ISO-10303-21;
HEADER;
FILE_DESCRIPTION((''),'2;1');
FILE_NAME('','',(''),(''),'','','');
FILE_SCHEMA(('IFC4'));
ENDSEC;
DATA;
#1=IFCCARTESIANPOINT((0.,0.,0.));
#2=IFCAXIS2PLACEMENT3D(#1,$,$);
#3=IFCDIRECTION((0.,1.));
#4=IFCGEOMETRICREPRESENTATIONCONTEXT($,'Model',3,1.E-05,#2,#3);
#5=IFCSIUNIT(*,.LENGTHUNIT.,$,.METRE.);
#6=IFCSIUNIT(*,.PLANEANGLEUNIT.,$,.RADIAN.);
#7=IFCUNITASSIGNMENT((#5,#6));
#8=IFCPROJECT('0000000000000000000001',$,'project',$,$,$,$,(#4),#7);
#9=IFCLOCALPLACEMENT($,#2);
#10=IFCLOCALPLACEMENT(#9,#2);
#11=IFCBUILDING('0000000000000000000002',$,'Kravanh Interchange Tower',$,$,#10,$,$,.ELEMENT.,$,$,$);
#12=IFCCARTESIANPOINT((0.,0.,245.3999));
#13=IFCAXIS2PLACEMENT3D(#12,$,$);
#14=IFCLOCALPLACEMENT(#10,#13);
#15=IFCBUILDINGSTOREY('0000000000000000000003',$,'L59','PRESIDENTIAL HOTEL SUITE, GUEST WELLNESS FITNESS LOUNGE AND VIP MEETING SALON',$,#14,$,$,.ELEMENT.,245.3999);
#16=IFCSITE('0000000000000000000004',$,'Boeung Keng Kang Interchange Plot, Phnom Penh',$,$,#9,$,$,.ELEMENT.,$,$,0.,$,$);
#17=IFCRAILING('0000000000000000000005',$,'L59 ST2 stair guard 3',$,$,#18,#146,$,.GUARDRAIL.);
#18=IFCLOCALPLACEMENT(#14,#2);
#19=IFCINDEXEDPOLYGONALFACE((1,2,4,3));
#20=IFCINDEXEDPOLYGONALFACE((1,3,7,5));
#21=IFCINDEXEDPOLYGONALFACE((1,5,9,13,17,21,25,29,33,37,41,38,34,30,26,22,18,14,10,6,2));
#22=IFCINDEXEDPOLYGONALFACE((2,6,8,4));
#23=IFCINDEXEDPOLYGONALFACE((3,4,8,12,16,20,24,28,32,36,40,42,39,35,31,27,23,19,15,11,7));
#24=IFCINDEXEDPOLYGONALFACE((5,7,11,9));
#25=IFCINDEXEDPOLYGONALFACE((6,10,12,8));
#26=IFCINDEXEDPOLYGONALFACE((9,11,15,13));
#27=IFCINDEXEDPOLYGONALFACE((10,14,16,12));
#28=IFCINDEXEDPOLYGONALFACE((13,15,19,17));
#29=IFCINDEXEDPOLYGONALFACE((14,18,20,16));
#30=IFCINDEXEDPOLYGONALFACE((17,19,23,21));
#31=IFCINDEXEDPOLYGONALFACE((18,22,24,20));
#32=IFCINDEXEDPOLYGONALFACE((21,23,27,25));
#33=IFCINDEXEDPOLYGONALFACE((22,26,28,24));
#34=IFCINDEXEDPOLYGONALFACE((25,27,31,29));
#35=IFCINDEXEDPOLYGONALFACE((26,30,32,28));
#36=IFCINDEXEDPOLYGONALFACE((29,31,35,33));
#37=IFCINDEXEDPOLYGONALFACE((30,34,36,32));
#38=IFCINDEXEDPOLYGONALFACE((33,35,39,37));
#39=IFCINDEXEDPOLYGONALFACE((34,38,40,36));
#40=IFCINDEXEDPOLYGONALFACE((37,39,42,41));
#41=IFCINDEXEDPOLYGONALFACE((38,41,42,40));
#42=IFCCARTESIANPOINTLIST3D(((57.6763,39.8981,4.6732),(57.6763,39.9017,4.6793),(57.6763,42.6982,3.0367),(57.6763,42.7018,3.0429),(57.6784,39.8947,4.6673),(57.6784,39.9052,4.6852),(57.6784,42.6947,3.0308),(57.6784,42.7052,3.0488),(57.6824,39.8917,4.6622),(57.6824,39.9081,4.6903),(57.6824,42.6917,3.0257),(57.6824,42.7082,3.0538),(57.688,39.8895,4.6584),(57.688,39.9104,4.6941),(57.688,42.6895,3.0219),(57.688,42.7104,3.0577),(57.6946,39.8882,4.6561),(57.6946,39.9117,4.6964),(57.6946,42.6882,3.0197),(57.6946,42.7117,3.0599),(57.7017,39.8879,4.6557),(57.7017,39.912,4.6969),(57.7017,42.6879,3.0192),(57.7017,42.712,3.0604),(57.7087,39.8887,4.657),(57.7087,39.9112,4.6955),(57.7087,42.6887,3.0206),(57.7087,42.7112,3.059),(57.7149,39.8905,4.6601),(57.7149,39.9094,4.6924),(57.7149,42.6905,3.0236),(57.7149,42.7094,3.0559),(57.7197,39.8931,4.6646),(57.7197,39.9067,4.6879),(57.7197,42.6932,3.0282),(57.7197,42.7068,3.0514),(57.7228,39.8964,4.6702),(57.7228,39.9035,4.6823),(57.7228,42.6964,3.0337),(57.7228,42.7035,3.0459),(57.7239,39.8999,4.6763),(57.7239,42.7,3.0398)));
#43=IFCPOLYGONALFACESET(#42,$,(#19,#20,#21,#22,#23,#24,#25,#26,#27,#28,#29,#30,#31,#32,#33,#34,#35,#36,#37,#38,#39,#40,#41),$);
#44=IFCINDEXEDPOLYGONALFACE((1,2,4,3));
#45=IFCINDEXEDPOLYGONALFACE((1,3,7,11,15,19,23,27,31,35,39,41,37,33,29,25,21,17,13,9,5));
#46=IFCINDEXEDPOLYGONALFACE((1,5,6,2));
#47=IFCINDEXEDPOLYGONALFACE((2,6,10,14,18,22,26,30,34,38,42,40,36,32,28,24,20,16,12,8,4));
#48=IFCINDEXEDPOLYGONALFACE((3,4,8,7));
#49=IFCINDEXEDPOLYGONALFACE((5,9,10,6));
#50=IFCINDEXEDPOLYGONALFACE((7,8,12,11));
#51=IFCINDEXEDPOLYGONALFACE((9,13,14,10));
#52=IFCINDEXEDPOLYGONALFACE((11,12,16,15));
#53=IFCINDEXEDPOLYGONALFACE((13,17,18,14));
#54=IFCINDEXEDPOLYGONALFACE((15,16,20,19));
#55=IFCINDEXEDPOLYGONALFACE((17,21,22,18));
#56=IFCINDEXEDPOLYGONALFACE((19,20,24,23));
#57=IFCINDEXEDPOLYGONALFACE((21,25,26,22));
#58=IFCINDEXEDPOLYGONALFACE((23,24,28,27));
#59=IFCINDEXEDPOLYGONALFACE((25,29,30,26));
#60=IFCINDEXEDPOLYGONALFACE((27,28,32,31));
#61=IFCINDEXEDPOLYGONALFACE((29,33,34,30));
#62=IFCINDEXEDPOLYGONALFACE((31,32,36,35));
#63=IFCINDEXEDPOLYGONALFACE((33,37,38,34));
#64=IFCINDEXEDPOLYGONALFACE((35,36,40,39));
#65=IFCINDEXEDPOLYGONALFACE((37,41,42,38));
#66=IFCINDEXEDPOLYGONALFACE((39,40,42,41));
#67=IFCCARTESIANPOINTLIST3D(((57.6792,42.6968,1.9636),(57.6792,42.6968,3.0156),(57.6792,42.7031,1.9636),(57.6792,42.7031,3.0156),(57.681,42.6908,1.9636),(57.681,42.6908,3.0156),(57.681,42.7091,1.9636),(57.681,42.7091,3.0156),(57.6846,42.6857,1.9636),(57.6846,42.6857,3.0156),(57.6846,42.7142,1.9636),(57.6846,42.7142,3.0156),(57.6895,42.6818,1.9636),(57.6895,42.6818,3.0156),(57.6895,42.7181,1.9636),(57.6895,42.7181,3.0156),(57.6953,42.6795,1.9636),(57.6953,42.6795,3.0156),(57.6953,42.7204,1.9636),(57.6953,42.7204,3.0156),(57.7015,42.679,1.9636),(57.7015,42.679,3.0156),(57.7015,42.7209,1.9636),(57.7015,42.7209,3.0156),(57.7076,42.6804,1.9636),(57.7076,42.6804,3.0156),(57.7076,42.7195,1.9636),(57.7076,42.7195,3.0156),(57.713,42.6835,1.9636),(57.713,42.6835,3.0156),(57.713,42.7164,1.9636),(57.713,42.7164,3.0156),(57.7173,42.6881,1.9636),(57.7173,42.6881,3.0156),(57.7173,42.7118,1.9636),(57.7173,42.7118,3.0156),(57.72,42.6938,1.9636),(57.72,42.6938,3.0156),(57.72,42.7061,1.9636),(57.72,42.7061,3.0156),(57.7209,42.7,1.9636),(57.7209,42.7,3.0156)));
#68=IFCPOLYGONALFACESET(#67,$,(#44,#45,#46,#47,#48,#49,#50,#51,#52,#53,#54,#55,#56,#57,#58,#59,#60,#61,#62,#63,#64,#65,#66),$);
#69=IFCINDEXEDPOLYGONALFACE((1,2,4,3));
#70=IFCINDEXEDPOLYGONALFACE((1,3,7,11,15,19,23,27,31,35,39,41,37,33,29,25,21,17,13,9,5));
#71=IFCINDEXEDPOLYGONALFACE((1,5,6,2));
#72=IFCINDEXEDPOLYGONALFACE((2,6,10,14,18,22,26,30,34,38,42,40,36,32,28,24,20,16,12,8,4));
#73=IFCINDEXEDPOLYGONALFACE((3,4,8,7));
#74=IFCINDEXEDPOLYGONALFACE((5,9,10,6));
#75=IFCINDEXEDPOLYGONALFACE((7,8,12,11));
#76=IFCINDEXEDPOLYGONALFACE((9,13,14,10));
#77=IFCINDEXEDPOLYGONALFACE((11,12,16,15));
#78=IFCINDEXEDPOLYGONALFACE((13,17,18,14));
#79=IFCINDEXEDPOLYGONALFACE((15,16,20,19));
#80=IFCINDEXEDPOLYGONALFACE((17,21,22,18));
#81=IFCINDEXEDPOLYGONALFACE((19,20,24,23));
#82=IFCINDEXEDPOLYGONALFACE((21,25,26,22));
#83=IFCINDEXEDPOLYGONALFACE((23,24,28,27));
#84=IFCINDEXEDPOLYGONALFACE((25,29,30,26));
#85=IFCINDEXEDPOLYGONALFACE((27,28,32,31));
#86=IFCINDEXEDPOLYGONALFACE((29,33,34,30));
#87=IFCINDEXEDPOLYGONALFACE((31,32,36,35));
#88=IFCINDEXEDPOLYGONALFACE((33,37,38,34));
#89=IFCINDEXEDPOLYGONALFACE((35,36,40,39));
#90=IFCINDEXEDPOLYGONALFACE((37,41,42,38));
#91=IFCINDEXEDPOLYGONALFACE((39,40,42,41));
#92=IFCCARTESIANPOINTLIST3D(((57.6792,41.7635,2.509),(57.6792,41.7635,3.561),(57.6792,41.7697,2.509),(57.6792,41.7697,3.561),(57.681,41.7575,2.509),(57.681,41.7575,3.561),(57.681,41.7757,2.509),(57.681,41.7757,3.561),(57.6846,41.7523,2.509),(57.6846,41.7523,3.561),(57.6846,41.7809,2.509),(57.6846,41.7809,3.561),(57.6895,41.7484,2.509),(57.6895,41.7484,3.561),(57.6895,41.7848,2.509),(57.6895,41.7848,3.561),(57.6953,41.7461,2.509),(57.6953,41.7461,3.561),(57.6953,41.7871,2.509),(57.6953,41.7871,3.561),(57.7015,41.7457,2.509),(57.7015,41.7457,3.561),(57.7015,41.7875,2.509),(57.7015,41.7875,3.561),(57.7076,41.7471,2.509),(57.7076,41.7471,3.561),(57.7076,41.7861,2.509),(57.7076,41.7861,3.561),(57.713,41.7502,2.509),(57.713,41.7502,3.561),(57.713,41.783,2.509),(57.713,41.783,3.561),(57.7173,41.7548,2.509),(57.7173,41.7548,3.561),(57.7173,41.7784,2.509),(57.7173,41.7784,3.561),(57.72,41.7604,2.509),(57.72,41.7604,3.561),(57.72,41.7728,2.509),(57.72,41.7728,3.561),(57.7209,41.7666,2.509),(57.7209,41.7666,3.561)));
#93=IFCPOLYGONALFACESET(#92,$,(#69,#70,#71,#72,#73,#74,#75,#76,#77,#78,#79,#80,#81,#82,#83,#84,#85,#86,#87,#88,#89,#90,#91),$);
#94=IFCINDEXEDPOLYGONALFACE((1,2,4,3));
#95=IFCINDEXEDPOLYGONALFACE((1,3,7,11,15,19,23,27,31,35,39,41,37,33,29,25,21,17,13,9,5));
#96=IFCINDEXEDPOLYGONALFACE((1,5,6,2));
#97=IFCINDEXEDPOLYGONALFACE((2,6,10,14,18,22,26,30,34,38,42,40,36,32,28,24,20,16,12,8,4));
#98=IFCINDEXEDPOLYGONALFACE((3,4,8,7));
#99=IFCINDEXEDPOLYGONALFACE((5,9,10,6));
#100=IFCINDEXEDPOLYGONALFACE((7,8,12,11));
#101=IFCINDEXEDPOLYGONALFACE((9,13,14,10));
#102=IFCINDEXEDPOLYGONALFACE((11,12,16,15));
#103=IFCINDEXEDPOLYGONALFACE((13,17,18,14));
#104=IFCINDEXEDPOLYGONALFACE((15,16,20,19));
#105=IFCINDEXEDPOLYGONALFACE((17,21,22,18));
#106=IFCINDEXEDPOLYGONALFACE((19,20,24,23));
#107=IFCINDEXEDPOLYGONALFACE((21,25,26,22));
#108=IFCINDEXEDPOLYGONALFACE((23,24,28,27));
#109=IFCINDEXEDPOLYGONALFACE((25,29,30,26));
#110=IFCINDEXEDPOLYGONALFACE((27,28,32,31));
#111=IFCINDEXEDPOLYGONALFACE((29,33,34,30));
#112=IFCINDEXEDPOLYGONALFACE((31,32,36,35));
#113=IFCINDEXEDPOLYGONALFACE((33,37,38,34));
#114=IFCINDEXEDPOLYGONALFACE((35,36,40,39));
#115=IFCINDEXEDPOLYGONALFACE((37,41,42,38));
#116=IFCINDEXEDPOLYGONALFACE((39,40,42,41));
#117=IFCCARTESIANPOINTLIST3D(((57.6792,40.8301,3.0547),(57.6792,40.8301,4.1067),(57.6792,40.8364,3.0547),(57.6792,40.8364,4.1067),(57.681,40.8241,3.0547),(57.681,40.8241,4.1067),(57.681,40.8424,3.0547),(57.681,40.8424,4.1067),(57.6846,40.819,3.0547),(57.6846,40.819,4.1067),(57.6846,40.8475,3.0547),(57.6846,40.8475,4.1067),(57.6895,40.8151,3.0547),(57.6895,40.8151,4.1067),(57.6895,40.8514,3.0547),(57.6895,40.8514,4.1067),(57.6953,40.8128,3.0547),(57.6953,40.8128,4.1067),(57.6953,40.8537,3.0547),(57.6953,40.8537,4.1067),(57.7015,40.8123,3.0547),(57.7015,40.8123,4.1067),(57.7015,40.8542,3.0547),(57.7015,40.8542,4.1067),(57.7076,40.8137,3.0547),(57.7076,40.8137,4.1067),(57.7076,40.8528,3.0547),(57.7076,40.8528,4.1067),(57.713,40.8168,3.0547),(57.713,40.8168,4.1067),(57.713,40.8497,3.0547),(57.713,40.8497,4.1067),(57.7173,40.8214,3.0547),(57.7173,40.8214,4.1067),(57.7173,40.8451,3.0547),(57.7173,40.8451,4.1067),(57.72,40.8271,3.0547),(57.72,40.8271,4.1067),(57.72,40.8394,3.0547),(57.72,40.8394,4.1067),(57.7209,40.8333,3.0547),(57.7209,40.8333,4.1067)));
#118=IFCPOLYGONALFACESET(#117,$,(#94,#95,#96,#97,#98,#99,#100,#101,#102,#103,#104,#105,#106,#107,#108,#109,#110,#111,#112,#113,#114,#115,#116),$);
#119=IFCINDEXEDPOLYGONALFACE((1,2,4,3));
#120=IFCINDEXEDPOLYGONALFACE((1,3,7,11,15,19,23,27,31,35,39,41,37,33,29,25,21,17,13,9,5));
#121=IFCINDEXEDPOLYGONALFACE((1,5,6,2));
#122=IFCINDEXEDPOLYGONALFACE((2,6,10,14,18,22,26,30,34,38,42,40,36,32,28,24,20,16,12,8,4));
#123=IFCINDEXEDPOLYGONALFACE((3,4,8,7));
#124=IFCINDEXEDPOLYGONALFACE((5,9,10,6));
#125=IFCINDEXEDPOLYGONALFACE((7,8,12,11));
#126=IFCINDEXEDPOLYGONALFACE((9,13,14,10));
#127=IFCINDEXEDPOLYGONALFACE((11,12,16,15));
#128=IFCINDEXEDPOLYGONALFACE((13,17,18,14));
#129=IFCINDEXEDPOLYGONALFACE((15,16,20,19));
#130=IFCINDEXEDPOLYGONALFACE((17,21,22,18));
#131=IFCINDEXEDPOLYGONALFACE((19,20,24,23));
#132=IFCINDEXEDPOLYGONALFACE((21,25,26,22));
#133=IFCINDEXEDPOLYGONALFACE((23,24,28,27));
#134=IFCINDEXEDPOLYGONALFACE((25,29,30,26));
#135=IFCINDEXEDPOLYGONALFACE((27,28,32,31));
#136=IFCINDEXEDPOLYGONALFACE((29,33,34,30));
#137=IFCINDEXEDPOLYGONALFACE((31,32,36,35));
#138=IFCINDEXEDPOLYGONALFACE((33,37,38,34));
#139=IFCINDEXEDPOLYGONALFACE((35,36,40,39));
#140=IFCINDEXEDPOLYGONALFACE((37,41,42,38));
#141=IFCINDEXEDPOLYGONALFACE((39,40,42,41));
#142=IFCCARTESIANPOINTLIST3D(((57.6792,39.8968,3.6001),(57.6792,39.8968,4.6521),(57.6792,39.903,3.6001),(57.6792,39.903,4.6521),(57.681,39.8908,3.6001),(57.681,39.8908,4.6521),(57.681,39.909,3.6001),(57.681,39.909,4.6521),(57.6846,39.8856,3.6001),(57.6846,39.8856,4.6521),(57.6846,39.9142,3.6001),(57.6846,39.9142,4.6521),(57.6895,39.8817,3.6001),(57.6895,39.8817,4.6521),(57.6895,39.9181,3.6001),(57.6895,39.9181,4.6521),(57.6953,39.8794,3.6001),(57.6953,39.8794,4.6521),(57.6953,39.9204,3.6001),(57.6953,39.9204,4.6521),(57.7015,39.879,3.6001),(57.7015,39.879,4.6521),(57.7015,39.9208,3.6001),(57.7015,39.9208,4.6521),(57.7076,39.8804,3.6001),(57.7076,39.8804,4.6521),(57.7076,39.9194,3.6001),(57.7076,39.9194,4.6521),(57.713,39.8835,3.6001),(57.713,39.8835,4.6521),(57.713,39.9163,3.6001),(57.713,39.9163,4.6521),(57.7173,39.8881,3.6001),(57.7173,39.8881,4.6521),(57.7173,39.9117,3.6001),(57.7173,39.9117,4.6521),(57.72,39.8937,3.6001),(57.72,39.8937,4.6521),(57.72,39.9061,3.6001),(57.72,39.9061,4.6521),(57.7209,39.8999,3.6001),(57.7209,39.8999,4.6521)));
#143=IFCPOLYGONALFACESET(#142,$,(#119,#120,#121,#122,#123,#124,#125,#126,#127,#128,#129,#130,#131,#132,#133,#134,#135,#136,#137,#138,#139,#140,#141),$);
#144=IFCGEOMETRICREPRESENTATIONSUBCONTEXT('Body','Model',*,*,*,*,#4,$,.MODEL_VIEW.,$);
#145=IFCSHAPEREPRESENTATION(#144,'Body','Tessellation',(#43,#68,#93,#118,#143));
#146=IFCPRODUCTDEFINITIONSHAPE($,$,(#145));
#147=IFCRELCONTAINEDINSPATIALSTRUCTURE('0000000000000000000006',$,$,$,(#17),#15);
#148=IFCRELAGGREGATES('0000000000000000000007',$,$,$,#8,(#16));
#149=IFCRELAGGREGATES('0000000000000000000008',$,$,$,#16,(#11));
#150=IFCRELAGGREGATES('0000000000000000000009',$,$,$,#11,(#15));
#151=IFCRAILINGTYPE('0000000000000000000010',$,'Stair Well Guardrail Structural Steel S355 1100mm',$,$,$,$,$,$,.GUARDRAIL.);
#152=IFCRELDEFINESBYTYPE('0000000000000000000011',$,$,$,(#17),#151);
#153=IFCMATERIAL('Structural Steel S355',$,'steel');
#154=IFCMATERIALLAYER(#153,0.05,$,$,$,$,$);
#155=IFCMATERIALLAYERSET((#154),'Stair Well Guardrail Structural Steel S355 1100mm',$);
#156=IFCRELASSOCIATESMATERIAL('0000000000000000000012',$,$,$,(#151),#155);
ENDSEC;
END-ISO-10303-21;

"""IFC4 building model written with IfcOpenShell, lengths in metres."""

from ifc_helpers import new_model, si_unit, direction, frame, origin, origin_2d, place, context, subcontext, project, spatial, circle, extrude, material, layer, layer_set, type_object, element, save


model = new_model("IFC4")

# Units and contexts
model_context = context("Model", 3, precision=1e-05, world=origin(), true_north=direction((0.0, 1.0)))
body_context = subcontext(model_context, "Body", "Model", "MODEL_VIEW")
ifc_project = project(units=[si_unit("LENGTHUNIT", "METRE"), si_unit("PLANEANGLEUNIT", "RADIAN")], contexts=[model_context])

# Site, building, storey
site_placement = place(None, origin())
site = spatial("IfcSite", under=ifc_project, at=site_placement, Name="Boeung Keng Kang Interchange Plot, Phnom Penh", CompositionType="ELEMENT", RefElevation=0.0)
building_placement = place(site_placement, origin())
building = spatial("IfcBuilding", under=site, at=building_placement, Name="Kravanh Interchange Tower", CompositionType="ELEMENT")
storey_placement = place(building_placement, frame((0.0, 0.0, 245.3999)))
storey = spatial("IfcBuildingStorey", under=building, at=storey_placement, Name="L59", Description="PRESIDENTIAL HOTEL SUITE, GUEST WELLNESS FITNESS LOUNGE AND VIP MEETING SALON", CompositionType="ELEMENT", Elevation=245.3999)

# Railing
ifc_material_1 = material(Name="Structural Steel S355", Category="steel")
ifc_layer_1 = layer(ifc_material_1, 0.05)
ifc_layer_set_1 = layer_set([ifc_layer_1], Name="Stair Well Guardrail Structural Steel S355 1100mm")
railing_type_1 = type_object("IfcRailingType", Name="Stair Well Guardrail Structural Steel S355 1100mm", PredefinedType="GUARDRAIL", material=ifc_layer_set_1)
railing_1_placement = place(storey_placement, frame((57.7, 42.7, 1.9636)))
element("IfcRailing", 1, at=railing_1_placement, inside=storey, type_object=railing_type_1, Name="L59 ST2 stair guard 3", PredefinedType="GUARDRAIL", context=body_context, shape_type="SweptSolid", body=[
    extrude(circle(Radius=0.0239, at=origin_2d()), frame((0.0, 0.0, 1.0762), z_axis=(0.0, -0.863361, 0.504587), x_axis=(1.0, 0.0, 0.0)), (0.0, 0.0, 1.0), 3.2432),
    extrude(circle(Radius=0.021, at=origin_2d()), origin(), (0.0, 0.0, 1.0), 1.052),
    extrude(circle(Radius=0.021, at=origin_2d()), frame((0.0, -0.9333, 0.5454)), (0.0, 0.0, 1.0), 1.052),
    extrude(circle(Radius=0.021, at=origin_2d()), frame((0.0, -1.8667, 1.0911)), (0.0, 0.0, 1.0), 1.052),
    extrude(circle(Radius=0.021, at=origin_2d()), frame((0.0, -2.8, 1.6365)), (0.0, 0.0, 1.0), 1.052),
])

save(model, "model.ifc")
